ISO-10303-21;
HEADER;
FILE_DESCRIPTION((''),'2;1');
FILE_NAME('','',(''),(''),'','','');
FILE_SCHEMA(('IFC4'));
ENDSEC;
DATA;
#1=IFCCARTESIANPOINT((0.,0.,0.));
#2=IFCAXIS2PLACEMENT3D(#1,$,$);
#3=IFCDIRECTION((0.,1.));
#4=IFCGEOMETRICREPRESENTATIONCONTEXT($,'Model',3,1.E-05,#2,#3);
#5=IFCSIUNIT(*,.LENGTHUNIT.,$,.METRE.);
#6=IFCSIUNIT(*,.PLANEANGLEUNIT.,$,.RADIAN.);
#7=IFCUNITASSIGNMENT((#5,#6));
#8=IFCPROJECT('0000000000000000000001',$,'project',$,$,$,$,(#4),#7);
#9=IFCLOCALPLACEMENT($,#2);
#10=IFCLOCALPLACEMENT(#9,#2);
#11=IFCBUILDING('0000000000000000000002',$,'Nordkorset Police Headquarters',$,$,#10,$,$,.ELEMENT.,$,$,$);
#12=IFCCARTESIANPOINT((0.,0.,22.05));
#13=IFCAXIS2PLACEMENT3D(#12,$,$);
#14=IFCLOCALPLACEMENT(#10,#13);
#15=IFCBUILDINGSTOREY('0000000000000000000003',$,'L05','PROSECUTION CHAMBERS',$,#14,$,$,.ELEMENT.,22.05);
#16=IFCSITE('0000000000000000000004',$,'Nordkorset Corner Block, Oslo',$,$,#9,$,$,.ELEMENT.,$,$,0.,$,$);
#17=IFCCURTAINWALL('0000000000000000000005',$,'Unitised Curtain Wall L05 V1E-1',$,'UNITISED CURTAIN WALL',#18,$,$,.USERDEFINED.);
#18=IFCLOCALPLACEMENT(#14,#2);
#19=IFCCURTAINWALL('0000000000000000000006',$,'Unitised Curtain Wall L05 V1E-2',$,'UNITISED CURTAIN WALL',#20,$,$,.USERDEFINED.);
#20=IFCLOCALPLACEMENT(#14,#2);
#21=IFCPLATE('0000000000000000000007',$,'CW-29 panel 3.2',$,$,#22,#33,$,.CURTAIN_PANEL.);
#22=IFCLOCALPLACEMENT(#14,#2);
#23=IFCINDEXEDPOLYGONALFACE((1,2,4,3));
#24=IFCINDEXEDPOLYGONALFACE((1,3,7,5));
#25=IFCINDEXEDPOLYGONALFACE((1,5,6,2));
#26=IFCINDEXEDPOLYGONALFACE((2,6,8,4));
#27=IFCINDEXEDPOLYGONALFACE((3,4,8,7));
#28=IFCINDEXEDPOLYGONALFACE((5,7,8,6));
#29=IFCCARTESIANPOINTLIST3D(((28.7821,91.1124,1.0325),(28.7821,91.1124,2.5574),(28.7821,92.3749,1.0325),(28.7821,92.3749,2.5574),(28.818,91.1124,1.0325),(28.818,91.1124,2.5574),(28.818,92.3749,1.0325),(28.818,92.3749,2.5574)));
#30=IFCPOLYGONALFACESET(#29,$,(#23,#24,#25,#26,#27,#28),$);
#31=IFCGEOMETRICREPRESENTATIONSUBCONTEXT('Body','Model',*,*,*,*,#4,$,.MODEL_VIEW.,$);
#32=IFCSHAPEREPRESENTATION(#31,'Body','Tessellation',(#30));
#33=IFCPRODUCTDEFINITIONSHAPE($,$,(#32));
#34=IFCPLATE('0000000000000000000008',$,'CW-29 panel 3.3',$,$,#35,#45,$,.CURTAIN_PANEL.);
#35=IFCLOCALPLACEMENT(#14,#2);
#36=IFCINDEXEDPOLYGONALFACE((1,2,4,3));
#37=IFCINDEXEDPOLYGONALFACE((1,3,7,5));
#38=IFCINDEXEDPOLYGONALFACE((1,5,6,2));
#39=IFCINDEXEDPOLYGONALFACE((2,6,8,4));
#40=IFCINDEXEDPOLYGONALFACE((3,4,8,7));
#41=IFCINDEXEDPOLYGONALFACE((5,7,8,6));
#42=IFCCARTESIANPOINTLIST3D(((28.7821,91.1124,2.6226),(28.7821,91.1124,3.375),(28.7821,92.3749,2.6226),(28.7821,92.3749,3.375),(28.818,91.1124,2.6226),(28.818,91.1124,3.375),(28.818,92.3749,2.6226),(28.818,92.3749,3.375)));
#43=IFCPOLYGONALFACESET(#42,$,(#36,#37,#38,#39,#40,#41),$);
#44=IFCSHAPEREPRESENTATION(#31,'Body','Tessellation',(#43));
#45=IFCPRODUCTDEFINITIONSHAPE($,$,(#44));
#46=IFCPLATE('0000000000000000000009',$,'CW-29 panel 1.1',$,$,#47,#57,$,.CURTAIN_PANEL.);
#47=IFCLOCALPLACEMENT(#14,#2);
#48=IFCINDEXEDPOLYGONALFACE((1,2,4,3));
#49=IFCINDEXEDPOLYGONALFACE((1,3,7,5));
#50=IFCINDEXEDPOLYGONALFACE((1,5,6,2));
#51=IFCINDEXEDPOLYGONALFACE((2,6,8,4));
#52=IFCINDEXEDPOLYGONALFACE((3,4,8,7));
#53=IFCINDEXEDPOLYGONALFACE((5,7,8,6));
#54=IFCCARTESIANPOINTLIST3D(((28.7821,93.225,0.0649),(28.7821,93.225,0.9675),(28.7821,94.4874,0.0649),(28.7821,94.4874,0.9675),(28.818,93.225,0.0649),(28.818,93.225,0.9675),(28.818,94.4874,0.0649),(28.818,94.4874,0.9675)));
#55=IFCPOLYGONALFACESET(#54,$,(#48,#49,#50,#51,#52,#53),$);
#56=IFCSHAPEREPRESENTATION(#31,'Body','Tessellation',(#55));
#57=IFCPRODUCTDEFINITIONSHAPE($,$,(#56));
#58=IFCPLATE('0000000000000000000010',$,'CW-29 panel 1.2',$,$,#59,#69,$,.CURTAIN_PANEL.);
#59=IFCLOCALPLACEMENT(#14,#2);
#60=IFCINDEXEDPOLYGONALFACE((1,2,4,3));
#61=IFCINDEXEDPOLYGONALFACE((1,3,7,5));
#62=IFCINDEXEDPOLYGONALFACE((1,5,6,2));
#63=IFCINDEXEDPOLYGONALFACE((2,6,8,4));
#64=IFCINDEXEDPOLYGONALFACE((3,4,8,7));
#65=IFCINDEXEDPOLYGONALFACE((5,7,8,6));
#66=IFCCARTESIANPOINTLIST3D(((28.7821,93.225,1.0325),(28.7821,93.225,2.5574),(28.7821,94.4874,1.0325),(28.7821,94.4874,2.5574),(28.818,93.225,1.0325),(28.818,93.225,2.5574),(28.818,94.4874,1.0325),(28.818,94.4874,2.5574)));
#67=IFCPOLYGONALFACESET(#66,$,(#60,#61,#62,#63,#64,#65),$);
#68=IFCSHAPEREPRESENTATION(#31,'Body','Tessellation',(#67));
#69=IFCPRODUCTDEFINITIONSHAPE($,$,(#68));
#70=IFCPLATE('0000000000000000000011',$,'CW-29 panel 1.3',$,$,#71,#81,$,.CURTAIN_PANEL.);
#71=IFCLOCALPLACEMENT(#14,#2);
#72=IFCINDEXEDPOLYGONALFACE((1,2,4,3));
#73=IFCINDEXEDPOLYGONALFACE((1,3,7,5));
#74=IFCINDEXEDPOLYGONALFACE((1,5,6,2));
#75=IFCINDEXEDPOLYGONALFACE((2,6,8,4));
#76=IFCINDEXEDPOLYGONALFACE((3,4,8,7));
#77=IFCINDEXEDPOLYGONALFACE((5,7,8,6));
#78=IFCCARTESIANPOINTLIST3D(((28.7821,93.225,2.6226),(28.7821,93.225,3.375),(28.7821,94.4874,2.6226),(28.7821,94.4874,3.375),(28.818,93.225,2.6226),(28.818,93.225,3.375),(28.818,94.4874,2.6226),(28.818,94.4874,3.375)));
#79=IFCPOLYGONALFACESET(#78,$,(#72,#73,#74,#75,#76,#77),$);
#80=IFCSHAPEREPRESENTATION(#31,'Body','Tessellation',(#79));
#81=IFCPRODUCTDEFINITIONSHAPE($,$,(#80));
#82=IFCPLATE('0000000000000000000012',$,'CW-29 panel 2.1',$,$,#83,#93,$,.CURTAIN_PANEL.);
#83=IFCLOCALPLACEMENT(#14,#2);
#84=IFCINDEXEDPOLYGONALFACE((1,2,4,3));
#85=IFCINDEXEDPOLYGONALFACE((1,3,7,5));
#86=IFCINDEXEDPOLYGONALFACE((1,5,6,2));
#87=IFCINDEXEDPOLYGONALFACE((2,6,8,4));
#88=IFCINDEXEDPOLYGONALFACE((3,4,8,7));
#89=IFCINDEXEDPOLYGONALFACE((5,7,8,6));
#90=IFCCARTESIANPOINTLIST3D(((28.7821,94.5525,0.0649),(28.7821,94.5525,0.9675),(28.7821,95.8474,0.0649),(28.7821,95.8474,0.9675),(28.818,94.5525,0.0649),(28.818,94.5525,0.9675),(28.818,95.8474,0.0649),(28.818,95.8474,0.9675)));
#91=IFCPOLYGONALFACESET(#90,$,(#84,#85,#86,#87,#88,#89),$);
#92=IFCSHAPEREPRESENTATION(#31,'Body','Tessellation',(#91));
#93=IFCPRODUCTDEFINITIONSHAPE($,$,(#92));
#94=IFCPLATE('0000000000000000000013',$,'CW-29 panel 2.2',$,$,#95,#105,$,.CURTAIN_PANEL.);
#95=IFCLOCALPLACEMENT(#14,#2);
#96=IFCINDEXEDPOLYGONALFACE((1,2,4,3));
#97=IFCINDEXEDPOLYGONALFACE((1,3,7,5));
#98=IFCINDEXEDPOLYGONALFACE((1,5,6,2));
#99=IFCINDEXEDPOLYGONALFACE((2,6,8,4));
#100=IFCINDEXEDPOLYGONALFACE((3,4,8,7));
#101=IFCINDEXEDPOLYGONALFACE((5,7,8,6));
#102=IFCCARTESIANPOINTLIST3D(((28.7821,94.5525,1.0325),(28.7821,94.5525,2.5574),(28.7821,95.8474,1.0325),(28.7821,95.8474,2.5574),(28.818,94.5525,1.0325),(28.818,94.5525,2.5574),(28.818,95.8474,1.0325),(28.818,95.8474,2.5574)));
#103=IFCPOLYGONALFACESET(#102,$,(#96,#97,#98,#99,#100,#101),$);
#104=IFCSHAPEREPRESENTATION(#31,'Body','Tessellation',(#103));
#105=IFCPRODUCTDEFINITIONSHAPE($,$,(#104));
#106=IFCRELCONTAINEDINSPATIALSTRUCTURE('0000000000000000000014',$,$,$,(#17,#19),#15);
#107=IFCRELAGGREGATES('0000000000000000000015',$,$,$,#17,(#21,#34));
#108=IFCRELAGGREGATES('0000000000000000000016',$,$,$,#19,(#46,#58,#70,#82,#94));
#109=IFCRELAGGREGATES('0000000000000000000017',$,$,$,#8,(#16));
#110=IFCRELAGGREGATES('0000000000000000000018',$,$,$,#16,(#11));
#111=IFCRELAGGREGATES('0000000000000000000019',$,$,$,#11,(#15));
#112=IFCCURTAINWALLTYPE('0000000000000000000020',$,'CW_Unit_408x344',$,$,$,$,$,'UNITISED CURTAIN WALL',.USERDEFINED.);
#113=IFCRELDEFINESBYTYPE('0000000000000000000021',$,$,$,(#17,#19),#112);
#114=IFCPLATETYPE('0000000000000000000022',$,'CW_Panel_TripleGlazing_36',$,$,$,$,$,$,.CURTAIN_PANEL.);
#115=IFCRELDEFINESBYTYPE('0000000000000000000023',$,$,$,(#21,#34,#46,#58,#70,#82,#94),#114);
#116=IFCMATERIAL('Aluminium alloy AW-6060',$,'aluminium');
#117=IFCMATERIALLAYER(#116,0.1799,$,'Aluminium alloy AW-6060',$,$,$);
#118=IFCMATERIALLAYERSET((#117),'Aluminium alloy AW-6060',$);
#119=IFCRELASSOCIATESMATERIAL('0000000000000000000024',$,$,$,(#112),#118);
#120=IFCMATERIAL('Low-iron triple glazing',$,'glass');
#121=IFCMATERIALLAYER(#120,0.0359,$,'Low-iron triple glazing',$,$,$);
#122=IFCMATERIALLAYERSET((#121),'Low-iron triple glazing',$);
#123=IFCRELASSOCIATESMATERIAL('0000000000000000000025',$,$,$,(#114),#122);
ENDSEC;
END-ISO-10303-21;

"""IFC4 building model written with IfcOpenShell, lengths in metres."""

from ifc_helpers import new_model, si_unit, direction, frame, origin, origin_2d, place, context, subcontext, project, spatial, rectangle, extrude, material, layer, layer_set, type_object, element, aggregate, save


model = new_model("IFC4")

# Units and contexts
model_context = context("Model", 3, precision=1e-05, world=origin(), true_north=direction((0.0, 1.0)))
body_context = subcontext(model_context, "Body", "Model", "MODEL_VIEW")
ifc_project = project(units=[si_unit("LENGTHUNIT", "METRE"), si_unit("PLANEANGLEUNIT", "RADIAN")], contexts=[model_context])

# Site, building, storey
site_placement = place(None, origin())
site = spatial("IfcSite", under=ifc_project, at=site_placement, Name="Nordkorset Corner Block, Oslo", CompositionType="ELEMENT", RefElevation=0.0)
building_placement = place(site_placement, origin())
building = spatial("IfcBuilding", under=site, at=building_placement, Name="Nordkorset Police Headquarters", CompositionType="ELEMENT")
storey_placement = place(building_placement, frame((0.0, 0.0, 22.05)))
storey = spatial("IfcBuildingStorey", under=building, at=storey_placement, Name="L05", Description="PROSECUTION CHAMBERS", CompositionType="ELEMENT", Elevation=22.05)

# Curtain walls
ifc_material_1 = material(Name="Aluminium alloy AW-6060", Category="aluminium")
ifc_layer_1 = layer(ifc_material_1, 0.1799, Name="Aluminium alloy AW-6060")
ifc_layer_set_1 = layer_set([ifc_layer_1], Name="Aluminium alloy AW-6060")
curtain_wall_type = type_object("IfcCurtainWallType", Name="CW_Unit_408x344", ElementType="UNITISED CURTAIN WALL", PredefinedType="USERDEFINED", material=ifc_layer_set_1)
curtain_wall_1_placement = place(storey_placement, origin())
curtain_wall_1 = element("IfcCurtainWall", 1, at=curtain_wall_1_placement, inside=storey, type_object=curtain_wall_type, Name="Unitised Curtain Wall L05 V1E-1", ObjectType="UNITISED CURTAIN WALL", PredefinedType="USERDEFINED")
curtain_wall_2_placement = place(storey_placement, origin())
curtain_wall_2 = element("IfcCurtainWall", 2, at=curtain_wall_2_placement, inside=storey, type_object=curtain_wall_type, Name="Unitised Curtain Wall L05 V1E-2", ObjectType="UNITISED CURTAIN WALL", PredefinedType="USERDEFINED")

# Plates
ifc_material_2 = material(Name="Low-iron triple glazing", Category="glass")
ifc_layer_2 = layer(ifc_material_2, 0.0359, Name="Low-iron triple glazing")
ifc_layer_set_2 = layer_set([ifc_layer_2], Name="Low-iron triple glazing")
plate_type = type_object("IfcPlateType", Name="CW_Panel_TripleGlazing_36", PredefinedType="CURTAIN_PANEL", material=ifc_layer_set_2)
plate_1_placement = place(storey_placement, frame((28.8, 91.7437, 1.0325), z_axis=(0.0, 0.0, 1.0), x_axis=(0.0, 1.0, 0.0)))
plate_1 = element("IfcPlate", 3, at=plate_1_placement, type_object=plate_type, Name="CW-29 panel 3.2", PredefinedType="CURTAIN_PANEL", context=body_context, shape_type="SweptSolid", body=[
    extrude(rectangle(XDim=1.2625, YDim=0.0359, at=origin_2d()), origin(), (0.0, 0.0, 1.0), 1.5249),
])
plate_2_placement = place(storey_placement, frame((28.8, 91.7437, 2.6226), z_axis=(0.0, 0.0, 1.0), x_axis=(0.0, 1.0, 0.0)))
plate_2 = element("IfcPlate", 4, at=plate_2_placement, type_object=plate_type, Name="CW-29 panel 3.3", PredefinedType="CURTAIN_PANEL", context=body_context, shape_type="SweptSolid", body=[
    extrude(rectangle(XDim=1.2625, YDim=0.0359, at=origin_2d()), origin(), (0.0, 0.0, 1.0), 0.7524),
])
aggregate(curtain_wall_1, [plate_1, plate_2])
plate_3_placement = place(storey_placement, frame((28.8, 93.8562, 0.0649), z_axis=(0.0, 0.0, 1.0), x_axis=(0.0, 1.0, 0.0)))
plate_3 = element("IfcPlate", 5, at=plate_3_placement, type_object=plate_type, Name="CW-29 panel 1.1", PredefinedType="CURTAIN_PANEL", context=body_context, shape_type="SweptSolid", body=[
    extrude(rectangle(XDim=1.2625, YDim=0.0359, at=origin_2d()), origin(), (0.0, 0.0, 1.0), 0.9026),
])
plate_4_placement = place(storey_placement, frame((28.8, 93.8562, 1.0325), z_axis=(0.0, 0.0, 1.0), x_axis=(0.0, 1.0, 0.0)))
plate_4 = element("IfcPlate", 6, at=plate_4_placement, type_object=plate_type, Name="CW-29 panel 1.2", PredefinedType="CURTAIN_PANEL", context=body_context, shape_type="SweptSolid", body=[
    extrude(rectangle(XDim=1.2625, YDim=0.0359, at=origin_2d()), origin(), (0.0, 0.0, 1.0), 1.5249),
])
plate_5_placement = place(storey_placement, frame((28.8, 93.8562, 2.6226), z_axis=(0.0, 0.0, 1.0), x_axis=(0.0, 1.0, 0.0)))
plate_5 = element("IfcPlate", 7, at=plate_5_placement, type_object=plate_type, Name="CW-29 panel 1.3", PredefinedType="CURTAIN_PANEL", context=body_context, shape_type="SweptSolid", body=[
    extrude(rectangle(XDim=1.2625, YDim=0.0359, at=origin_2d()), origin(), (0.0, 0.0, 1.0), 0.7524),
])
plate_6_placement = place(storey_placement, frame((28.8, 95.2, 0.0649), z_axis=(0.0, 0.0, 1.0), x_axis=(0.0, 1.0, 0.0)))
plate_6 = element("IfcPlate", 8, at=plate_6_placement, type_object=plate_type, Name="CW-29 panel 2.1", PredefinedType="CURTAIN_PANEL", context=body_context, shape_type="SweptSolid", body=[
    extrude(rectangle(XDim=1.2949, YDim=0.0359, at=origin_2d()), origin(), (0.0, 0.0, 1.0), 0.9026),
])
plate_7_placement = place(storey_placement, frame((28.8, 95.2, 1.0325), z_axis=(0.0, 0.0, 1.0), x_axis=(0.0, 1.0, 0.0)))
plate_7 = element("IfcPlate", 9, at=plate_7_placement, type_object=plate_type, Name="CW-29 panel 2.2", PredefinedType="CURTAIN_PANEL", context=body_context, shape_type="SweptSolid", body=[
    extrude(rectangle(XDim=1.2949, YDim=0.0359, at=origin_2d()), origin(), (0.0, 0.0, 1.0), 1.5249),
])
aggregate(curtain_wall_2, [plate_3, plate_4, plate_5, plate_6, plate_7])

save(model, "model.ifc")
